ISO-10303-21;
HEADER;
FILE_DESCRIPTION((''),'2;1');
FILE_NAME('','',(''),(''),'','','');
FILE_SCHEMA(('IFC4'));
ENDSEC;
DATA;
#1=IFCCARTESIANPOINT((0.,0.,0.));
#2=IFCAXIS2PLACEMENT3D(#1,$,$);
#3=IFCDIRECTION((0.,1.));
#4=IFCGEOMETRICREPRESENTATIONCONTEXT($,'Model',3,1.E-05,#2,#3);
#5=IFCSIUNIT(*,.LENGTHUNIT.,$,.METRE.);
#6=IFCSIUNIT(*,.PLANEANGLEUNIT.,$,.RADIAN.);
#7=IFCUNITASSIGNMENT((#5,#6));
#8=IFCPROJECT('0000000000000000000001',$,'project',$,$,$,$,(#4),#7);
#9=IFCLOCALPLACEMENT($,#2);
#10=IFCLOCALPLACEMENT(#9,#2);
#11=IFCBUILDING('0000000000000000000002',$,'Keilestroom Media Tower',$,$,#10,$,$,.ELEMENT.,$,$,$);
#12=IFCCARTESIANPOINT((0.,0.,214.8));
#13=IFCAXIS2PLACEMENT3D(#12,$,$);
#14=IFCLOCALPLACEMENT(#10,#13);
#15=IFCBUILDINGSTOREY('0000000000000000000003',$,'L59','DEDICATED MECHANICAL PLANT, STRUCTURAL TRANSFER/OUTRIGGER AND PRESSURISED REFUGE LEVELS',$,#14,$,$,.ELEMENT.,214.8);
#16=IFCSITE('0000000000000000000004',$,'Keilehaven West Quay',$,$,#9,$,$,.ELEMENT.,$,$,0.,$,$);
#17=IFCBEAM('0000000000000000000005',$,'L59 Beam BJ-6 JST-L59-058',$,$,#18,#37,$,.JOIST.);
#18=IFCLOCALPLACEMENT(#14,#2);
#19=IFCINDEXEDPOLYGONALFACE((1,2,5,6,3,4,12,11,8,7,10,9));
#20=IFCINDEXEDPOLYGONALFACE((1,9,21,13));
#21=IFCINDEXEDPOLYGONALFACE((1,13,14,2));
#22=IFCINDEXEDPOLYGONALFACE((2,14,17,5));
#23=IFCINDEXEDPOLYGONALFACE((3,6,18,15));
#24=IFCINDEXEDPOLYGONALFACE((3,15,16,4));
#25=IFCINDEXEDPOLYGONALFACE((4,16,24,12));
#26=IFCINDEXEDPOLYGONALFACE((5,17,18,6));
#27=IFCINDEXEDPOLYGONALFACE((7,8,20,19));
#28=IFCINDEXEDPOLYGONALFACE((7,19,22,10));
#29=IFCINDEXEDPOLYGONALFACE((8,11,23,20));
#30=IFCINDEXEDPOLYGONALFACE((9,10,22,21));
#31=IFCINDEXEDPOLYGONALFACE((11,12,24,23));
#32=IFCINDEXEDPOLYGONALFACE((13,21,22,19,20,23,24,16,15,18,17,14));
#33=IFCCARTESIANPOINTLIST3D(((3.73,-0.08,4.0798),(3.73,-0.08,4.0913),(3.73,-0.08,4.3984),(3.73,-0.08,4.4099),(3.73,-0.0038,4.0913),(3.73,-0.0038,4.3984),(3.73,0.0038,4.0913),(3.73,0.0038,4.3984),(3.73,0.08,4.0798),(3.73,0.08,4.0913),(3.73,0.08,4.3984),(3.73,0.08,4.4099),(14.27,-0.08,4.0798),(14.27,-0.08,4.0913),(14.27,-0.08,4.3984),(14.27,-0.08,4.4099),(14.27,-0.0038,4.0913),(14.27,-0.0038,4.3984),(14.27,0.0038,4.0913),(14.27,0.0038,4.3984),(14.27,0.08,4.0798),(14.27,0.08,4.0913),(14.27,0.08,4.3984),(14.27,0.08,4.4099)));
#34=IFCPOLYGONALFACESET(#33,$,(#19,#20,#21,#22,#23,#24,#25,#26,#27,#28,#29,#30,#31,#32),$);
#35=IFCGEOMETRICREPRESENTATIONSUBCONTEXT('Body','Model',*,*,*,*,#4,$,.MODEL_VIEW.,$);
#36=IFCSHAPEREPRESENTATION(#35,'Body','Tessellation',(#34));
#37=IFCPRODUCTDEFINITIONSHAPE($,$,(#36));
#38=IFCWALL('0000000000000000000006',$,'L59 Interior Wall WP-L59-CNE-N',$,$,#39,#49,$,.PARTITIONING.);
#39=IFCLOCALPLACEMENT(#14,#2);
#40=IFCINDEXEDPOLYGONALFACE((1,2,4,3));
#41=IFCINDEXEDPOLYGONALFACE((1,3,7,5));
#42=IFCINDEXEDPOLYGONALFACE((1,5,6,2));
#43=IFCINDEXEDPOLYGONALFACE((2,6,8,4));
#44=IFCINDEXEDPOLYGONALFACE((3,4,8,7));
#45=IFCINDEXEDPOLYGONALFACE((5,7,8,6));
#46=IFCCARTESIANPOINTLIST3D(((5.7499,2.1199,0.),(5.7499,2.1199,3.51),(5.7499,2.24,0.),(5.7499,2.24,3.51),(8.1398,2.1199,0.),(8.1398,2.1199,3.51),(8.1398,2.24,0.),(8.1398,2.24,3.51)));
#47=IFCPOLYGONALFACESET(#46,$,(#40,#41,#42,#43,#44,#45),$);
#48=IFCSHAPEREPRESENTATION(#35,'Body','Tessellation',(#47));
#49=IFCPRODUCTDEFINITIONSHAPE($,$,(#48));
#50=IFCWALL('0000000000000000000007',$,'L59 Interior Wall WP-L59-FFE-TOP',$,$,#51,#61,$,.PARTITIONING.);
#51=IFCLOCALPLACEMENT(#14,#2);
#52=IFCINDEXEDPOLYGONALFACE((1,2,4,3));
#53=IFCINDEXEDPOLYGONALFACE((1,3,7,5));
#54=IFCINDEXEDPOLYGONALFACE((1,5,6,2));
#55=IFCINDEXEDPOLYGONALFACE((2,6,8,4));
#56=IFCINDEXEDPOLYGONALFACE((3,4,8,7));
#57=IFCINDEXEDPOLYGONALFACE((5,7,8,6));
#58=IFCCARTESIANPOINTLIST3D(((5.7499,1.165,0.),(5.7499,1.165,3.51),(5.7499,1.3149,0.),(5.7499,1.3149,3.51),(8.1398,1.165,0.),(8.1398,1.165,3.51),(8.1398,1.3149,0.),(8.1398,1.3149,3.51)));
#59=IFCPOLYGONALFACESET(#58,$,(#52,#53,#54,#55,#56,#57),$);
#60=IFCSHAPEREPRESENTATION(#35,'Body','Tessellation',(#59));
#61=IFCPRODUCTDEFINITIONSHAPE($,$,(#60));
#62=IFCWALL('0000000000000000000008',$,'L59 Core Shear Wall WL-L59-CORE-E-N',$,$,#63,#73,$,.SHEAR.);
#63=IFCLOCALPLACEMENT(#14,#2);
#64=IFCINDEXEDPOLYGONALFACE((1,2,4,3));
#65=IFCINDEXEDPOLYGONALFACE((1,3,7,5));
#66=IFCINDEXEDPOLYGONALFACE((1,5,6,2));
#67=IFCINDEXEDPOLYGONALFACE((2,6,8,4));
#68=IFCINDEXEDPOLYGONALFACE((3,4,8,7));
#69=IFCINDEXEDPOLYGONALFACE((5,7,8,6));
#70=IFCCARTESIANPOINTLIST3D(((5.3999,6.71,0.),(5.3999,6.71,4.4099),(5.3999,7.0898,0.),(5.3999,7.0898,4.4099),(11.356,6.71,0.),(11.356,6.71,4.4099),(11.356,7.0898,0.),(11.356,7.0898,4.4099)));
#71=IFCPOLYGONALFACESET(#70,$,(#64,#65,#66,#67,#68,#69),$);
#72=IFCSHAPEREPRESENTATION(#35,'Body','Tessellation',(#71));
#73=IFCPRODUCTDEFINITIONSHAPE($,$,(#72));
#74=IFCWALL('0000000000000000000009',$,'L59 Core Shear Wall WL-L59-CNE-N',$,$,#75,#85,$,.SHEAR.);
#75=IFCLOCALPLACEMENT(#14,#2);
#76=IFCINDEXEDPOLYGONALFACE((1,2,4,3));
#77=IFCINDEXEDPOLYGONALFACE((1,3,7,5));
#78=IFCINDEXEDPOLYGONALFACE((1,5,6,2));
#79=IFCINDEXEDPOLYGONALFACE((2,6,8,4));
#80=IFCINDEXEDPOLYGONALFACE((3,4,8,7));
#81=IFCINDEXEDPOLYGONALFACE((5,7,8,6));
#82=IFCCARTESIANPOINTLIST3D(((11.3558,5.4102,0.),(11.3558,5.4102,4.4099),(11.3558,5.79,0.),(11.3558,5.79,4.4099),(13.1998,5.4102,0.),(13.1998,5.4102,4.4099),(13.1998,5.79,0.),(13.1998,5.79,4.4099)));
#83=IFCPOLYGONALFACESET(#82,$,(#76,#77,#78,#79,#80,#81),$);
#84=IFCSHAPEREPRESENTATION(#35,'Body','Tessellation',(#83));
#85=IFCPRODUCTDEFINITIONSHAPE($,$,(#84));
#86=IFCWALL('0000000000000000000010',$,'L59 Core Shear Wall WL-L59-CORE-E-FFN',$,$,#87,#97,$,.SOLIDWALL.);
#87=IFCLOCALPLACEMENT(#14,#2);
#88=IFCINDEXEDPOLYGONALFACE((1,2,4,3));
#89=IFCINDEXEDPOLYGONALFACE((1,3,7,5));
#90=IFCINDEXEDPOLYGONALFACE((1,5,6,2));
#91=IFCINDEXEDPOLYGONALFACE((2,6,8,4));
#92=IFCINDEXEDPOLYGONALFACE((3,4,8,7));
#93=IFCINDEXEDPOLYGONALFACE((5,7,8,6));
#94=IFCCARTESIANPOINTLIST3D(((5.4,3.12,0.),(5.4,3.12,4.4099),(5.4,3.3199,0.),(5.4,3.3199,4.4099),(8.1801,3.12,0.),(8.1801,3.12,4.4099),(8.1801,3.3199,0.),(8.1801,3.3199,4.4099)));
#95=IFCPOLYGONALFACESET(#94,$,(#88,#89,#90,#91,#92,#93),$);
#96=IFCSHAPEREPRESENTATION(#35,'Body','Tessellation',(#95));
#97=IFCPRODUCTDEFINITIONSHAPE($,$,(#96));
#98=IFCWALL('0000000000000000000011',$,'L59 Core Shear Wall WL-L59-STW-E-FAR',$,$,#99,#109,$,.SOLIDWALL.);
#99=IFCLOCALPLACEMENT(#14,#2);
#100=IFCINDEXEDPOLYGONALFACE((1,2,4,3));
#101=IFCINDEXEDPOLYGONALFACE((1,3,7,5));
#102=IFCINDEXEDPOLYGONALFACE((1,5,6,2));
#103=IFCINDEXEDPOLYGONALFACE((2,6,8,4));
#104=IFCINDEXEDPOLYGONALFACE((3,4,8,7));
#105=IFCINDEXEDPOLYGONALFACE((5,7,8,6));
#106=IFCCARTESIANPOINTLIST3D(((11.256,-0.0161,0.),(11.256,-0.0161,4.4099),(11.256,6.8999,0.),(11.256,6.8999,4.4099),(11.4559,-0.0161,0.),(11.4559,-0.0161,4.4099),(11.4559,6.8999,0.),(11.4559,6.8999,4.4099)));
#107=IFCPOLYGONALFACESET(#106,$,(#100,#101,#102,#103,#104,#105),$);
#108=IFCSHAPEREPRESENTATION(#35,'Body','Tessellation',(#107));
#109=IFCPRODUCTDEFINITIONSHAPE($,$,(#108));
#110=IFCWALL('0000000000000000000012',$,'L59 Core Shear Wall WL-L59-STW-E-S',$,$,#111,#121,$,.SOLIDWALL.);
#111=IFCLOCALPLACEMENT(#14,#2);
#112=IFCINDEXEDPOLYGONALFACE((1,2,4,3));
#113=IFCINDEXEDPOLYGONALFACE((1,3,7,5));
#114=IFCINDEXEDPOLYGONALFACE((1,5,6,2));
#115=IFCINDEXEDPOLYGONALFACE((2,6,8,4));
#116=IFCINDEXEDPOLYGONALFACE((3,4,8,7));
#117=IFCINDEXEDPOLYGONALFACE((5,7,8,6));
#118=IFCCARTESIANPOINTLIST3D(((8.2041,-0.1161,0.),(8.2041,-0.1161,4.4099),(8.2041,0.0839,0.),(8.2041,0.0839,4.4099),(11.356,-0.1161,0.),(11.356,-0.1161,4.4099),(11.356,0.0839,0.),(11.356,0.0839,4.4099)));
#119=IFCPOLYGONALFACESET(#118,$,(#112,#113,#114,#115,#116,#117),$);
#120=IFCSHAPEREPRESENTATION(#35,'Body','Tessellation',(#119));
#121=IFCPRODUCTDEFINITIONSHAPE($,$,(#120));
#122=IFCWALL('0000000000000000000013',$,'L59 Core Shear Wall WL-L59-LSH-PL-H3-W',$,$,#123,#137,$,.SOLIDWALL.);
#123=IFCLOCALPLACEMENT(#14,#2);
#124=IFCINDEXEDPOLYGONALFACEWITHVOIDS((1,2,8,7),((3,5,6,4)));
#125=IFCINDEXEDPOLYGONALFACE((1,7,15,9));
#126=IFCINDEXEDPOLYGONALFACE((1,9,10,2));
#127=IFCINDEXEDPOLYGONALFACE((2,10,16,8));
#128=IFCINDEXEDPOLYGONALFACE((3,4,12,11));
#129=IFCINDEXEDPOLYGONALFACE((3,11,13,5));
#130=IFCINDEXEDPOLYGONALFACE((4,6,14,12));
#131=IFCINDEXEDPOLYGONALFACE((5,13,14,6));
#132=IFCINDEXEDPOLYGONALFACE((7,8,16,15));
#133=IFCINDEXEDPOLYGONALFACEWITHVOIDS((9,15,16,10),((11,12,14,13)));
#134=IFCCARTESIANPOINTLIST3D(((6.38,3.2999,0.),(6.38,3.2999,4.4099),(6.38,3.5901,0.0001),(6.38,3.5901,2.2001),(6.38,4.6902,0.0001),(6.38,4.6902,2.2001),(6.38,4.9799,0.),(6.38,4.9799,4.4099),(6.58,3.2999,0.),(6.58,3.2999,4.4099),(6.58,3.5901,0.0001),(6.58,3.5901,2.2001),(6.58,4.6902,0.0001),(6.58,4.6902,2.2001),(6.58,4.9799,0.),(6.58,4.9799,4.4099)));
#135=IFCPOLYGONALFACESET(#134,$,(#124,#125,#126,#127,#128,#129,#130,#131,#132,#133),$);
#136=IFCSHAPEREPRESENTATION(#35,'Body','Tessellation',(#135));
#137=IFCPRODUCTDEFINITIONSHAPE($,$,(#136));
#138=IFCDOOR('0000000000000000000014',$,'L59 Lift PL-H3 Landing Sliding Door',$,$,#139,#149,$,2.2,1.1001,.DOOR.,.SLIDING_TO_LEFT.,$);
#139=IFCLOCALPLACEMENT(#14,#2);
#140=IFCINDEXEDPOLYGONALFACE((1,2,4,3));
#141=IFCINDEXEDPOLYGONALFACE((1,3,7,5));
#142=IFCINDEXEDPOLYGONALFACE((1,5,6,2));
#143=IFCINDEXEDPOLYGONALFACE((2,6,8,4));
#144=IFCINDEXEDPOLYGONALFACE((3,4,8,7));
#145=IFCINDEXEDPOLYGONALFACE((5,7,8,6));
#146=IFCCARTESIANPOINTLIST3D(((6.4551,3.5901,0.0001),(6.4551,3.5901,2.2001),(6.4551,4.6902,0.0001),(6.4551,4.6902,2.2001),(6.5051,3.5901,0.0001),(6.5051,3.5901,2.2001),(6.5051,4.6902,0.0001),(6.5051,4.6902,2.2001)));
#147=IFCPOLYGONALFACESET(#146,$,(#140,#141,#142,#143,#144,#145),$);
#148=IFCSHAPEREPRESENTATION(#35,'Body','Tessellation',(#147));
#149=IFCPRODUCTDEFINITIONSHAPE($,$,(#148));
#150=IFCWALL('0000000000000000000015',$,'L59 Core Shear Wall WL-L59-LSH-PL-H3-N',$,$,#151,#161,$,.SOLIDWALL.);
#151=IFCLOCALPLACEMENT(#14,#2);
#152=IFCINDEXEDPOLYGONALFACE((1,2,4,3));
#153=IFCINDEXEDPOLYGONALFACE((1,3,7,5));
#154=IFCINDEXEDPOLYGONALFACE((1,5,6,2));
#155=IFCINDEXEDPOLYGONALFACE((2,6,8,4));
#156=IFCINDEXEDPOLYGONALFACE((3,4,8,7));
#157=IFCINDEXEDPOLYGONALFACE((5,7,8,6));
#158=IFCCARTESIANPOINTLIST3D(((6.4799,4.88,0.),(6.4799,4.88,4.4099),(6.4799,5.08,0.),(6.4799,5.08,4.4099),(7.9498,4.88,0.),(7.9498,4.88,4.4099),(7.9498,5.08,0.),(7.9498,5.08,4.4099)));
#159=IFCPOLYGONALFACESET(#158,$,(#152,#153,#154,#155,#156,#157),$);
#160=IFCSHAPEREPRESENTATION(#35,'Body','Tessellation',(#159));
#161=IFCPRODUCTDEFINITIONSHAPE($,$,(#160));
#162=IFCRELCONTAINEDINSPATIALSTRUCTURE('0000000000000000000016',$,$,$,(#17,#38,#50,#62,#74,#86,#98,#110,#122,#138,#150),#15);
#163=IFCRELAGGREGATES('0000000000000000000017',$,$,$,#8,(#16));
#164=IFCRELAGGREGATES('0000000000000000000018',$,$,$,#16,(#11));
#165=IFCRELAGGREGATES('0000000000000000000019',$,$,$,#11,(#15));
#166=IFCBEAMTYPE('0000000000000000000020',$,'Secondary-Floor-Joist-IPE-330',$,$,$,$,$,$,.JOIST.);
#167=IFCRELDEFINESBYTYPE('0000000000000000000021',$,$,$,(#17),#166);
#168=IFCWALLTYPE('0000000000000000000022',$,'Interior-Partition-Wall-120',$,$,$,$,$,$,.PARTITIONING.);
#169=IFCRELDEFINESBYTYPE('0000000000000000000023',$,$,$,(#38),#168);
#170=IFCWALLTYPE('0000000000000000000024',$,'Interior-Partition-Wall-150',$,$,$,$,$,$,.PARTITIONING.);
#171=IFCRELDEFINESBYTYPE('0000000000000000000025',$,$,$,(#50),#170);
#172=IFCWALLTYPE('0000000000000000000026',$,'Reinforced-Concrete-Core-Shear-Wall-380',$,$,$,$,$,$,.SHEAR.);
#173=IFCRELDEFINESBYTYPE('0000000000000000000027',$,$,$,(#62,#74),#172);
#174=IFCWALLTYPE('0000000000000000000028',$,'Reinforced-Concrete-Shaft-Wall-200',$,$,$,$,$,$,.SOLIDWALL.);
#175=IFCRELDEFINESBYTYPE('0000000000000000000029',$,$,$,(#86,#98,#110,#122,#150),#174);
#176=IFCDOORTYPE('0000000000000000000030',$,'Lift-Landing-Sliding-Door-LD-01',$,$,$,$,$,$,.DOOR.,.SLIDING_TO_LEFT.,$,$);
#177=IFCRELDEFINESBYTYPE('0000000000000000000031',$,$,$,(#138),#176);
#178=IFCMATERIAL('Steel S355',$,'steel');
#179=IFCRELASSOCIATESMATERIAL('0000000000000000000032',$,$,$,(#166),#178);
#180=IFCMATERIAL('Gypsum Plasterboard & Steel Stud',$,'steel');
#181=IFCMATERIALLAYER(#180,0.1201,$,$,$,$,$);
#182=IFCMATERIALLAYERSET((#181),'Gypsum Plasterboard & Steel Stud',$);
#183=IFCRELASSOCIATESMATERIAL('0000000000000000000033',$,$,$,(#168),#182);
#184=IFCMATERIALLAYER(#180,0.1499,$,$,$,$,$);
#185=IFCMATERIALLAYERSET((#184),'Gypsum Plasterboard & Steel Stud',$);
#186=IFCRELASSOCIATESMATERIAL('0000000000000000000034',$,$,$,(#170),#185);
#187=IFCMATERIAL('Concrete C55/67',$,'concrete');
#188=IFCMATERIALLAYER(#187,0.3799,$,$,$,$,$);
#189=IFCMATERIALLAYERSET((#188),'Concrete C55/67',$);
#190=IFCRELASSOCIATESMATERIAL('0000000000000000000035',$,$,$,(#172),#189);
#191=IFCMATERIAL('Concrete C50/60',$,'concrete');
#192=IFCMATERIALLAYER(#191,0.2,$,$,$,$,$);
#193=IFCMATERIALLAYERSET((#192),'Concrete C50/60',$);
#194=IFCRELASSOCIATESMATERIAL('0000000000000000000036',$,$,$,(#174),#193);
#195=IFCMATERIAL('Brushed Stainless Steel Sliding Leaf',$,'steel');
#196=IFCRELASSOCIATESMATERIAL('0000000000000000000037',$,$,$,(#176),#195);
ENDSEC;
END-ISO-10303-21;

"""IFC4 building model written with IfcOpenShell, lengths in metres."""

from ifc_helpers import new_model, si_unit, direction, frame, frame_2d, origin, origin_2d, place, context, subcontext, project, spatial, rectangle, i_section, extrude, source, transform, mapped, material, layer, layer_set, material_profile, profile_set, type_object, element, fill, save


model = new_model("IFC4")

# Units and contexts
model_context = context("Model", 3, precision=1e-05, world=origin(), true_north=direction((0.0, 1.0)))
body_context = subcontext(model_context, "Body", "Model", "MODEL_VIEW")
ifc_project = project(units=[si_unit("LENGTHUNIT", "METRE"), si_unit("PLANEANGLEUNIT", "RADIAN")], contexts=[model_context])

# Site, building, storey
site_placement = place(None, origin())
site = spatial("IfcSite", under=ifc_project, at=site_placement, Name="Keilehaven West Quay", CompositionType="ELEMENT", RefElevation=0.0)
building_placement = place(site_placement, origin())
building = spatial("IfcBuilding", under=site, at=building_placement, Name="Keilestroom Media Tower", CompositionType="ELEMENT")
storey_placement = place(building_placement, frame((0.0, 0.0, 214.8)))
storey = spatial("IfcBuildingStorey", under=building, at=storey_placement, Name="L59", Description="DEDICATED MECHANICAL PLANT, STRUCTURAL TRANSFER/OUTRIGGER AND PRESSURISED REFUGE LEVELS", CompositionType="ELEMENT", Elevation=214.8)

# Beam
ifc_material_1 = material(Name="Steel S355", Category="steel")
ifc_material_profile = material_profile(ifc_material_1, i_section(OverallWidth=0.1599, OverallDepth=0.3301, WebThickness=0.0076, FlangeThickness=0.0115, at=origin_2d()), Name="IPE 330")
ifc_profile_set = profile_set([ifc_material_profile], Name="Steel S355")
beam_type = type_object("IfcBeamType", Name="Secondary-Floor-Joist-IPE-330", PredefinedType="JOIST", material=ifc_profile_set)
shared_shape_1 = source(origin(), body_context, "Body", "SweptSolid", [
    extrude(i_section(OverallWidth=0.1599, OverallDepth=0.3301, WebThickness=0.0076, FlangeThickness=0.0115, at=origin_2d()), origin(), (0.0, 0.0, 1.0), 10.54),
])
beam_placement = place(storey_placement, frame((3.73, 0.0, 4.2449), z_axis=(1.0, 0.0, 0.0), x_axis=(0.0, 1.0, 0.0)))
element("IfcBeam", 1, at=beam_placement, inside=storey, type_object=beam_type, Name="L59 Beam BJ-6 JST-L59-058", PredefinedType="JOIST", context=body_context, shape_type="MappedRepresentation", body=[
    mapped(shared_shape_1, transform((0.0, 0.0, 0.0), x_axis=(1.0, 0.0, 0.0), y_axis=(0.0, 1.0, 0.0), z_axis=(0.0, 0.0, 1.0), scale=1.0)),
])

# Walls
ifc_material_2 = material(Name="Gypsum Plasterboard & Steel Stud", Category="steel")
ifc_layer_1 = layer(ifc_material_2, 0.1201)
ifc_layer_set_1 = layer_set([ifc_layer_1], Name="Gypsum Plasterboard & Steel Stud")
wall_type_1 = type_object("IfcWallType", Name="Interior-Partition-Wall-120", PredefinedType="PARTITIONING", material=ifc_layer_set_1)
wall_1_placement = place(storey_placement, frame((5.75, 2.1799, 0.0), z_axis=(0.0, 0.0, 1.0), x_axis=(1.0, 0.0, 0.0)))
element("IfcWall", 2, at=wall_1_placement, inside=storey, type_object=wall_type_1, Name="L59 Interior Wall WP-L59-CNE-N", PredefinedType="PARTITIONING", context=body_context, shape_type="SweptSolid", body=[
    extrude(rectangle(XDim=2.3899, YDim=0.1201, at=frame_2d((1.1948, 0.0))), origin(), (0.0, 0.0, 1.0), 3.51),
])
ifc_layer_2 = layer(ifc_material_2, 0.1499)
ifc_layer_set_2 = layer_set([ifc_layer_2], Name="Gypsum Plasterboard & Steel Stud")
wall_type_2 = type_object("IfcWallType", Name="Interior-Partition-Wall-150", PredefinedType="PARTITIONING", material=ifc_layer_set_2)
wall_2_placement = place(storey_placement, frame((5.75, 1.24, 0.0), z_axis=(0.0, 0.0, 1.0), x_axis=(1.0, 0.0, 0.0)))
element("IfcWall", 3, at=wall_2_placement, inside=storey, type_object=wall_type_2, Name="L59 Interior Wall WP-L59-FFE-TOP", PredefinedType="PARTITIONING", context=body_context, shape_type="SweptSolid", body=[
    extrude(rectangle(XDim=2.3899, YDim=0.1499, at=frame_2d((1.1948, 0.0))), origin(), (0.0, 0.0, 1.0), 3.51),
])
ifc_material_3 = material(Name="Concrete C55/67", Category="concrete")
ifc_layer_3 = layer(ifc_material_3, 0.3799)
ifc_layer_set_3 = layer_set([ifc_layer_3], Name="Concrete C55/67")
wall_type_3 = type_object("IfcWallType", Name="Reinforced-Concrete-Core-Shear-Wall-380", PredefinedType="SHEAR", material=ifc_layer_set_3)
wall_3_placement = place(storey_placement, frame((5.3999, 6.8999, 0.0), z_axis=(0.0, 0.0, 1.0), x_axis=(1.0, 0.0, 0.0)))
element("IfcWall", 4, at=wall_3_placement, inside=storey, type_object=wall_type_3, Name="L59 Core Shear Wall WL-L59-CORE-E-N", PredefinedType="SHEAR", context=body_context, shape_type="SweptSolid", body=[
    extrude(rectangle(XDim=5.9561, YDim=0.3799, at=frame_2d((2.978, 0.0))), origin(), (0.0, 0.0, 1.0), 4.4099),
])
wall_4_placement = place(storey_placement, frame((11.356, 5.6001, 0.0), z_axis=(0.0, 0.0, 1.0), x_axis=(1.0, 0.0, 0.0)))
element("IfcWall", 5, at=wall_4_placement, inside=storey, type_object=wall_type_3, Name="L59 Core Shear Wall WL-L59-CNE-N", PredefinedType="SHEAR", context=body_context, shape_type="SweptSolid", body=[
    extrude(rectangle(XDim=1.844, YDim=0.3799, at=frame_2d((0.9219, 0.0))), origin(), (0.0, 0.0, 1.0), 4.4099),
])
ifc_material_4 = material(Name="Concrete C50/60", Category="concrete")
ifc_layer_4 = layer(ifc_material_4, 0.2)
ifc_layer_set_4 = layer_set([ifc_layer_4], Name="Concrete C50/60")
wall_type_4 = type_object("IfcWallType", Name="Reinforced-Concrete-Shaft-Wall-200", PredefinedType="SOLIDWALL", material=ifc_layer_set_4)
wall_5_placement = place(storey_placement, frame((5.3999, 3.22, 0.0), z_axis=(0.0, 0.0, 1.0), x_axis=(1.0, 0.0, 0.0)))
element("IfcWall", 6, at=wall_5_placement, inside=storey, type_object=wall_type_4, Name="L59 Core Shear Wall WL-L59-CORE-E-FFN", PredefinedType="SOLIDWALL", context=body_context, shape_type="SweptSolid", body=[
    extrude(rectangle(XDim=2.78, YDim=0.2, at=frame_2d((1.3901, 0.0))), origin(), (0.0, 0.0, 1.0), 4.4099),
])
wall_6_placement = place(storey_placement, frame((11.356, -0.0161, 0.0), z_axis=(0.0, 0.0, 1.0), x_axis=(0.0, 1.0, 0.0)))
element("IfcWall", 7, at=wall_6_placement, inside=storey, type_object=wall_type_4, Name="L59 Core Shear Wall WL-L59-STW-E-FAR", PredefinedType="SOLIDWALL", context=body_context, shape_type="SweptSolid", body=[
    extrude(rectangle(XDim=6.916, YDim=0.2, at=frame_2d((3.458, 0.0))), origin(), (0.0, 0.0, 1.0), 4.4099),
])
wall_7_placement = place(storey_placement, frame((8.2041, -0.0161, 0.0), z_axis=(0.0, 0.0, 1.0), x_axis=(1.0, 0.0, 0.0)))
element("IfcWall", 8, at=wall_7_placement, inside=storey, type_object=wall_type_4, Name="L59 Core Shear Wall WL-L59-STW-E-S", PredefinedType="SOLIDWALL", context=body_context, shape_type="SweptSolid", body=[
    extrude(rectangle(XDim=3.1519, YDim=0.2, at=frame_2d((1.5759, 0.0))), origin(), (0.0, 0.0, 1.0), 4.4099),
])

# Wall, opening, door
wall_8_placement = place(storey_placement, frame((6.48, 3.3, 0.0), z_axis=(0.0, 0.0, 1.0), x_axis=(0.0, 1.0, 0.0)))
wall_8 = element("IfcWall", 9, at=wall_8_placement, inside=storey, type_object=wall_type_4, Name="L59 Core Shear Wall WL-L59-LSH-PL-H3-W", PredefinedType="SOLIDWALL", context=body_context, shape_type="SweptSolid", body=[
    extrude(rectangle(XDim=1.6799, YDim=0.2, at=frame_2d((0.8398, 0.0))), origin(), (0.0, 0.0, 1.0), 4.4099),
])
opening_1_placement = place(wall_8_placement, frame((0.29, 0.0, 0.0)))
opening_1 = element("IfcOpeningElement", 10, at=opening_1_placement, cuts=wall_8, PredefinedType="OPENING", context=body_context, shape_type="SweptSolid", body=[
    extrude(rectangle(XDim=1.1001, YDim=2.2, at=frame_2d((0.55, 1.1001))), frame((0.0, 0.1099, 0.0), z_axis=(0.0, -1.0, 0.0), x_axis=(1.0, 0.0, 0.0)), (0.0, 0.0, 1.0), 0.22),
])
ifc_material_5 = material(Name="Brushed Stainless Steel Sliding Leaf", Category="steel")
door_type = type_object("IfcDoorType", Name="Lift-Landing-Sliding-Door-LD-01", OperationType="SLIDING_TO_LEFT", PredefinedType="DOOR", material=ifc_material_5)
shared_shape_2 = source(origin(), body_context, "Body", "SweptSolid", [
    extrude(rectangle(XDim=1.1001, YDim=2.2, at=frame_2d((0.55, 1.1001))), frame((0.0, 0.0249, 0.0), z_axis=(0.0, -1.0, 0.0), x_axis=(1.0, 0.0, 0.0)), (0.0, 0.0, 1.0), 0.05),
])
door_1_placement = place(opening_1_placement, origin())
door_1 = element("IfcDoor", 11, at=door_1_placement, inside=storey, type_object=door_type, Name="L59 Lift PL-H3 Landing Sliding Door", OperationType="SLIDING_TO_LEFT", OverallHeight=2.2, OverallWidth=1.1001, PredefinedType="DOOR", context=body_context, shape_type="MappedRepresentation", body=[
    mapped(shared_shape_2, transform((0.0, 0.0, 0.0), x_axis=(1.0, 0.0, 0.0), y_axis=(0.0, 1.0, 0.0), z_axis=(0.0, 0.0, 1.0), scale=1.0)),
])
fill(opening_1, door_1)

# Wall
wall_9_placement = place(storey_placement, frame((6.48, 4.98, 0.0), z_axis=(0.0, 0.0, 1.0), x_axis=(1.0, 0.0, 0.0)))
element("IfcWall", 12, at=wall_9_placement, inside=storey, type_object=wall_type_4, Name="L59 Core Shear Wall WL-L59-LSH-PL-H3-N", PredefinedType="SOLIDWALL", context=body_context, shape_type="SweptSolid", body=[
    extrude(rectangle(XDim=1.47, YDim=0.2, at=frame_2d((0.7349, 0.0))), origin(), (0.0, 0.0, 1.0), 4.4099),
])

save(model, "model.ifc")
